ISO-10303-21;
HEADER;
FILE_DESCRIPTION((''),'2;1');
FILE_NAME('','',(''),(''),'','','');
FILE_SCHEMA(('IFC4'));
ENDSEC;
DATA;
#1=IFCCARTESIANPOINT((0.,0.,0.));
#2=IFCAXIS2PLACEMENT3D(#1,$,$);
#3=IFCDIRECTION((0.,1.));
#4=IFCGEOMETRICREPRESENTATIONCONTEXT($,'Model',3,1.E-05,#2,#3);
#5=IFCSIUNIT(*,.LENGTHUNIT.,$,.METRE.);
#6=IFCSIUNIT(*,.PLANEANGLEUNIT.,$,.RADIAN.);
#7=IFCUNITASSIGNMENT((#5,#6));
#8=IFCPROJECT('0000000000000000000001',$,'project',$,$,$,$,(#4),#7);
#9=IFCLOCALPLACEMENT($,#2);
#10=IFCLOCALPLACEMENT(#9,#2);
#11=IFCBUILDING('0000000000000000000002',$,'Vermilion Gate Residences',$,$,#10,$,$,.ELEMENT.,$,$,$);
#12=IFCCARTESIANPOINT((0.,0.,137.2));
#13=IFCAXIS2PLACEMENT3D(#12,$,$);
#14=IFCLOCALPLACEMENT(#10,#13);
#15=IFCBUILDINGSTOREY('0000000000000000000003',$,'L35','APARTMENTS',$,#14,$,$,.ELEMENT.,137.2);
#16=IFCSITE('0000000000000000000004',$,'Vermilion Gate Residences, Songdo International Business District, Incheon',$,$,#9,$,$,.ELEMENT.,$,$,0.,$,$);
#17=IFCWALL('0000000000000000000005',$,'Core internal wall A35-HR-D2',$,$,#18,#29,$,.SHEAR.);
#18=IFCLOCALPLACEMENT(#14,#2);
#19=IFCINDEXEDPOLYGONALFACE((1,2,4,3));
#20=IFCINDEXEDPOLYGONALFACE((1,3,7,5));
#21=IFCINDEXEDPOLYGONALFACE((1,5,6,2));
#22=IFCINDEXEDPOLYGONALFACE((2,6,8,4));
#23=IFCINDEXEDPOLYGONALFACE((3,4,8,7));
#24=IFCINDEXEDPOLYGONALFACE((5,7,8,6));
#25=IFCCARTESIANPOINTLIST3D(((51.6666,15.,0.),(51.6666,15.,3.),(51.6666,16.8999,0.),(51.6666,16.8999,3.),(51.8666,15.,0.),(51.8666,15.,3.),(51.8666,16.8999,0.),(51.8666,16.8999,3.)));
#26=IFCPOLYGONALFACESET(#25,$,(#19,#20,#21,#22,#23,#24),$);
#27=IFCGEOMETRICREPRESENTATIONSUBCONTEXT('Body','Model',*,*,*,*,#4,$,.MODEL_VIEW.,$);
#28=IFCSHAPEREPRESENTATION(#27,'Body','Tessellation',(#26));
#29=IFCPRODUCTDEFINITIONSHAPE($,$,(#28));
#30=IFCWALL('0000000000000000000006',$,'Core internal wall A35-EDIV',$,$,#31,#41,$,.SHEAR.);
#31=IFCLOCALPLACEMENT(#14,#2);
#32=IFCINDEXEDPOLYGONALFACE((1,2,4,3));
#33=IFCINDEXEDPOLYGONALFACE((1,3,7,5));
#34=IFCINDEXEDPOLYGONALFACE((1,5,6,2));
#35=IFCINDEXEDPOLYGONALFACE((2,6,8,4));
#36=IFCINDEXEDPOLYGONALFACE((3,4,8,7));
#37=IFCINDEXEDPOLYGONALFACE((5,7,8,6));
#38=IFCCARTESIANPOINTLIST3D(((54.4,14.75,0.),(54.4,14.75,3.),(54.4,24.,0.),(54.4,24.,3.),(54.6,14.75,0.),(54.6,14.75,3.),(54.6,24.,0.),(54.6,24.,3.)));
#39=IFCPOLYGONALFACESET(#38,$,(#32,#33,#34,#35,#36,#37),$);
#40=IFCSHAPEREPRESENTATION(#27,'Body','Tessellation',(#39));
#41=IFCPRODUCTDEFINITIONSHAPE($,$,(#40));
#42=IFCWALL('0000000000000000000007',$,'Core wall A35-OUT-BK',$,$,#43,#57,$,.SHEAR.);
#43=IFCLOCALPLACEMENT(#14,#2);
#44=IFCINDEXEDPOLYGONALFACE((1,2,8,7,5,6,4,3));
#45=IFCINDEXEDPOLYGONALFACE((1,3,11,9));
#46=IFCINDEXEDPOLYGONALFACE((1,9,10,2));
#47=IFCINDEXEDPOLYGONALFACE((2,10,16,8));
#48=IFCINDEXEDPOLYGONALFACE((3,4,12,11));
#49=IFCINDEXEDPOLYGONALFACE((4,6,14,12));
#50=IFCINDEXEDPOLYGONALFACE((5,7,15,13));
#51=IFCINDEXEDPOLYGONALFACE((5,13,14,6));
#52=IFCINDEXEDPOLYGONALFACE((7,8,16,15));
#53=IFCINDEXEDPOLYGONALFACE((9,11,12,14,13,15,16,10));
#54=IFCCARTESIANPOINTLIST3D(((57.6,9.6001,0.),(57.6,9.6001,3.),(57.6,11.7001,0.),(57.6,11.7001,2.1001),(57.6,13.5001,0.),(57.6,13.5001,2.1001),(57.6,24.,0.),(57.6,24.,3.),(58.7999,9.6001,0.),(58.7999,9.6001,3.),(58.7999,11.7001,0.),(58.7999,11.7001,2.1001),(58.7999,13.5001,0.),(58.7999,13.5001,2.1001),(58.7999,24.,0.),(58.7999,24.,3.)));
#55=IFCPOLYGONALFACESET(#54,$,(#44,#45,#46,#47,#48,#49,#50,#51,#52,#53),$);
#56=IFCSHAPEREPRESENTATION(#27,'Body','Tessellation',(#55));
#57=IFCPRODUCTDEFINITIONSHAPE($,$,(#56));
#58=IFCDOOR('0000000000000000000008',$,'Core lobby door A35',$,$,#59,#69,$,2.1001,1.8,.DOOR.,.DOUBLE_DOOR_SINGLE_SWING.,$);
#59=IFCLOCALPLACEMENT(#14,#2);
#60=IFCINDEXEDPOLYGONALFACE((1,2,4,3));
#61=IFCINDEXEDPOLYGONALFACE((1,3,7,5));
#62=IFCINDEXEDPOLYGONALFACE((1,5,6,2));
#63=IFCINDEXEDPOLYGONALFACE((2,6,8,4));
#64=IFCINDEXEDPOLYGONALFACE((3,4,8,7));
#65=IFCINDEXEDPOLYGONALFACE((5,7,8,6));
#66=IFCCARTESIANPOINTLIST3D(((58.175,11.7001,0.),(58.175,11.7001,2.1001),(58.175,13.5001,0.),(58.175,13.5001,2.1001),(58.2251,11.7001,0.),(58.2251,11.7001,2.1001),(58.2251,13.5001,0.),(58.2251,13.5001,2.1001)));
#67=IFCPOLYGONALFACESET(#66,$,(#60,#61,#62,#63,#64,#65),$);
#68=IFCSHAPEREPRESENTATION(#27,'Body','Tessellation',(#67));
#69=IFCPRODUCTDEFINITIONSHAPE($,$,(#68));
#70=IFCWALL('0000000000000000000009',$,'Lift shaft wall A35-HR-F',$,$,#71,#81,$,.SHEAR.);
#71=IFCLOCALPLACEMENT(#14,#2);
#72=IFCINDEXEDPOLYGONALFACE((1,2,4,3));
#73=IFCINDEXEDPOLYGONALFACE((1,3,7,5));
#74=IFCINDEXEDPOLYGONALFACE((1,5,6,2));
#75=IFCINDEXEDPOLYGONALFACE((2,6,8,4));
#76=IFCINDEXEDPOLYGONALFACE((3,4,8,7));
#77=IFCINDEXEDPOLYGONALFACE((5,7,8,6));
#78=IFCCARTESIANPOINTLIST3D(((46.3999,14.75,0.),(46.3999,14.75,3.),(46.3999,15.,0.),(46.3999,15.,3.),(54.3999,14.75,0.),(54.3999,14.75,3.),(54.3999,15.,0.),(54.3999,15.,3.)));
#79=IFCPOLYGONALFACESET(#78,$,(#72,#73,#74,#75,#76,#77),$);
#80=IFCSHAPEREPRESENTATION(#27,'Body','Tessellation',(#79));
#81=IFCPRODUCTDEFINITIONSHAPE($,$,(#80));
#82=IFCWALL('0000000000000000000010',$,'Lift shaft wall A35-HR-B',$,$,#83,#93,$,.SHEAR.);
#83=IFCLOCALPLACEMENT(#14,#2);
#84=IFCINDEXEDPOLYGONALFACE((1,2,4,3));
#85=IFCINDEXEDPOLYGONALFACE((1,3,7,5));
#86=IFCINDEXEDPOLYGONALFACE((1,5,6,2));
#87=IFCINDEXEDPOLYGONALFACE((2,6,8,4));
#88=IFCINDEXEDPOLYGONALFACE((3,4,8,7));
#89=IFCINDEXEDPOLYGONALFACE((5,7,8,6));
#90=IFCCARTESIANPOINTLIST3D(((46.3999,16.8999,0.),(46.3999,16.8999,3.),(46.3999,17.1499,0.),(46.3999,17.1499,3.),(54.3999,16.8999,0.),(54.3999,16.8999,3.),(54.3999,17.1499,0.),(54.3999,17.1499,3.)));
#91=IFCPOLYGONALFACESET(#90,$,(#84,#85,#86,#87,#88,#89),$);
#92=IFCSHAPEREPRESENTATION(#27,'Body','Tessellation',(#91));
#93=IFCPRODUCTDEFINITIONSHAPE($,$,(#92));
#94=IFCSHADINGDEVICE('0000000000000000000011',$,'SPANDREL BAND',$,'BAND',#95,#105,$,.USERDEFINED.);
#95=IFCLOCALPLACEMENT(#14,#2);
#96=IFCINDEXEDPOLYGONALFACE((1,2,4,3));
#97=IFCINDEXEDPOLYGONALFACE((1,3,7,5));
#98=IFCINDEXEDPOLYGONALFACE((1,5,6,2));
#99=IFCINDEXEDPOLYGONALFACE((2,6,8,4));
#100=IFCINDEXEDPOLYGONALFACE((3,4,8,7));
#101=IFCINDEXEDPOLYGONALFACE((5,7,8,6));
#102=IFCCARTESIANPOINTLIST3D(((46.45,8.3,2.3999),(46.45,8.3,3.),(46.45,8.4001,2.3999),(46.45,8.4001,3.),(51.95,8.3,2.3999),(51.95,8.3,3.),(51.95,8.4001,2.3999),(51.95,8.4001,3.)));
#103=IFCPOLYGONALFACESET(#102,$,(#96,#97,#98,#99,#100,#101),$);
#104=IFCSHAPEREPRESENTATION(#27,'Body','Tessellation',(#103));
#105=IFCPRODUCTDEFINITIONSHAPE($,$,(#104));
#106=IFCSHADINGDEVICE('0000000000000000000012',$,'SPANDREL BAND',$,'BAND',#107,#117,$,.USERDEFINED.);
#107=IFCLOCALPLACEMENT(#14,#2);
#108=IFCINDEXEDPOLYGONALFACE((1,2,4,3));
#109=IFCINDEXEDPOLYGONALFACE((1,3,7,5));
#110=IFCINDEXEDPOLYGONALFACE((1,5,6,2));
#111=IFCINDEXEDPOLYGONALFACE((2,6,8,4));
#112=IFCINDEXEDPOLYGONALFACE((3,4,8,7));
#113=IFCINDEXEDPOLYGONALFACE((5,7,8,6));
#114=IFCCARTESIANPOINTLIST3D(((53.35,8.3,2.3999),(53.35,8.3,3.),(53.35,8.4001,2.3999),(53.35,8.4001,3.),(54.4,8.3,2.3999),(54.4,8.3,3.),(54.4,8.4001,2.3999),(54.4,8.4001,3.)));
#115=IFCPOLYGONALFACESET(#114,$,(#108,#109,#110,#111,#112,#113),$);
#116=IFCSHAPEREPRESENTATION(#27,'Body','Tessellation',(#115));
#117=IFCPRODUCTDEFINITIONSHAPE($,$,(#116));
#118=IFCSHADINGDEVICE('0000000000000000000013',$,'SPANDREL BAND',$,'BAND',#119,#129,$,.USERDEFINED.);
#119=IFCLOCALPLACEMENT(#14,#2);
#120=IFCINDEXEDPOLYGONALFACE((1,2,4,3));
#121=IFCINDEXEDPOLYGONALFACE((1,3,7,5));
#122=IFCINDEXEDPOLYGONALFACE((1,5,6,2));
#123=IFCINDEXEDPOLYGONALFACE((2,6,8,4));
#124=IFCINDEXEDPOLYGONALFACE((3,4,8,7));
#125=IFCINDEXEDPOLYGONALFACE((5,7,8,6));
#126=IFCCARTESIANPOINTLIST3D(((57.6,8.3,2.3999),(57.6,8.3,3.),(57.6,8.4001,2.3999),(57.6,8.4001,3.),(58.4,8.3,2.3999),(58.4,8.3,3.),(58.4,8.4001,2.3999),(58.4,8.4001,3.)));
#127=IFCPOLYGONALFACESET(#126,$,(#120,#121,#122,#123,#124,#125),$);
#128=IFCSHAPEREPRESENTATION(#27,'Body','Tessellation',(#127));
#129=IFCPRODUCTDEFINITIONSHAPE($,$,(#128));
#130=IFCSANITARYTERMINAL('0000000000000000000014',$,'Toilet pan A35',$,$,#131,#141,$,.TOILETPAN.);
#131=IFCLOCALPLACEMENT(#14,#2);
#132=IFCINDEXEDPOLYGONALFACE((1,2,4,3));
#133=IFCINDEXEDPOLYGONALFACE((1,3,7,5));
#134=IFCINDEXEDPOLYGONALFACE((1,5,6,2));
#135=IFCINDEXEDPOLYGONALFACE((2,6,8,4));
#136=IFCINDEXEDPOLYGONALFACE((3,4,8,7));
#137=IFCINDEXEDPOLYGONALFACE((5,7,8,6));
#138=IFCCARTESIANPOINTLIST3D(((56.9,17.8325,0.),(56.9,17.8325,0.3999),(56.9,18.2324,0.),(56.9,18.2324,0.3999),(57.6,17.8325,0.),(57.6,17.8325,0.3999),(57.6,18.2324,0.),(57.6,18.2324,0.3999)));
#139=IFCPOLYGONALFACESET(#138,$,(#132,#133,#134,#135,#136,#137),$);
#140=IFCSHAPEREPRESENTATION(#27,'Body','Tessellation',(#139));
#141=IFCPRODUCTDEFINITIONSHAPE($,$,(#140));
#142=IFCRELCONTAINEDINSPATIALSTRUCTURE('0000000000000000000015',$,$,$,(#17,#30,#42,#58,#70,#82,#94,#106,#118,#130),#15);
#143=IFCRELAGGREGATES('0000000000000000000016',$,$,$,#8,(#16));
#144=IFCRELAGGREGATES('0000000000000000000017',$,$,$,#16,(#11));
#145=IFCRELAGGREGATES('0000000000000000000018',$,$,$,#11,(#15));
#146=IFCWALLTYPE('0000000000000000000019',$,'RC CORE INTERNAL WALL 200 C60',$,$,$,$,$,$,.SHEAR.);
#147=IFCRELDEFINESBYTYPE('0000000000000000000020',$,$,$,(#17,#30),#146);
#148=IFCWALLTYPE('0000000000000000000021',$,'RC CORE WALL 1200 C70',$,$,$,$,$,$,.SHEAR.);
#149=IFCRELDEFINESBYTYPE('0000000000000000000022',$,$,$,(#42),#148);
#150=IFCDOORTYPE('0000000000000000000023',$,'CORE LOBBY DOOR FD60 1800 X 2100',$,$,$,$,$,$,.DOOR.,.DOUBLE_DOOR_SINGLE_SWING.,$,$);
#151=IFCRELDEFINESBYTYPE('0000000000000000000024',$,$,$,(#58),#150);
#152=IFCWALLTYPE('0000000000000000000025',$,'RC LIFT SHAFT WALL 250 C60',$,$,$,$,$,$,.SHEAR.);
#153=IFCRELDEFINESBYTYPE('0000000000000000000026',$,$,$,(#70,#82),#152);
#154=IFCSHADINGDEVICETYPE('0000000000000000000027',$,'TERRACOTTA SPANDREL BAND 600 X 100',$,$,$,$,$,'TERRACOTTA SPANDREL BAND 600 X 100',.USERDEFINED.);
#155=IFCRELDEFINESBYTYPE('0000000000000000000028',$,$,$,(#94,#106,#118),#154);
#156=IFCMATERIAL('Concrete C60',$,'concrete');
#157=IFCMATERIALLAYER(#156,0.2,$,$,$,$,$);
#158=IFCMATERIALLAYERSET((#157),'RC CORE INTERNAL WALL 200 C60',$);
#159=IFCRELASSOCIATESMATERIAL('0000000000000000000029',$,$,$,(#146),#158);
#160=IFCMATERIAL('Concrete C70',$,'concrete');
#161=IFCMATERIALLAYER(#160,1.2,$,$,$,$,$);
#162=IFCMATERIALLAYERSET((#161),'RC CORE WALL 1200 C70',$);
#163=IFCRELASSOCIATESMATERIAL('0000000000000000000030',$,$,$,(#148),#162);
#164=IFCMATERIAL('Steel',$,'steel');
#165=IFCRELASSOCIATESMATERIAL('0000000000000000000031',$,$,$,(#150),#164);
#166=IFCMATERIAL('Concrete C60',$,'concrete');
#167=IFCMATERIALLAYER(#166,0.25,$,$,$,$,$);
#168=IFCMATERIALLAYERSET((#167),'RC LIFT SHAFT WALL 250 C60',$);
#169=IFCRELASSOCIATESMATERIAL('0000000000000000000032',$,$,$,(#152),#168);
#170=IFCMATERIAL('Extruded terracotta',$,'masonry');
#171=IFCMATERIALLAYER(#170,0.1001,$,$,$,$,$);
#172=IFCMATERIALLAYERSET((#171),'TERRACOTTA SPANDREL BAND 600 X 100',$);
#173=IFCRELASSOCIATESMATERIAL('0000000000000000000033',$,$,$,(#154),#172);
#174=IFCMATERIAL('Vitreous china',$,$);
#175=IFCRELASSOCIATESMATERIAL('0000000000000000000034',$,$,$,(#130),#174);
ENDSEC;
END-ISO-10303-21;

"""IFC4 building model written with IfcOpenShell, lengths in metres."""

from ifc_helpers import new_model, si_unit, direction, frame, frame_2d, origin, origin_2d, place, context, subcontext, project, spatial, rectangle, extrude, material, layer, layer_set, type_object, element, fill, save


model = new_model("IFC4")

# Units and contexts
model_context = context("Model", 3, precision=1e-05, world=origin(), true_north=direction((0.0, 1.0)))
body_context = subcontext(model_context, "Body", "Model", "MODEL_VIEW")
ifc_project = project(units=[si_unit("LENGTHUNIT", "METRE"), si_unit("PLANEANGLEUNIT", "RADIAN")], contexts=[model_context])

# Site, building, storey
site_placement = place(None, origin())
site = spatial("IfcSite", under=ifc_project, at=site_placement, Name="Vermilion Gate Residences, Songdo International Business District, Incheon", CompositionType="ELEMENT", RefElevation=0.0)
building_placement = place(site_placement, origin())
building = spatial("IfcBuilding", under=site, at=building_placement, Name="Vermilion Gate Residences", CompositionType="ELEMENT")
storey_placement = place(building_placement, frame((0.0, 0.0, 137.2)))
storey = spatial("IfcBuildingStorey", under=building, at=storey_placement, Name="L35", Description="APARTMENTS", CompositionType="ELEMENT", Elevation=137.2)

# Walls
ifc_material_1 = material(Name="Concrete C60", Category="concrete")
ifc_layer_1 = layer(ifc_material_1, 0.2)
ifc_layer_set_1 = layer_set([ifc_layer_1], Name="RC CORE INTERNAL WALL 200 C60")
wall_type_1 = type_object("IfcWallType", Name="RC CORE INTERNAL WALL 200 C60", PredefinedType="SHEAR", material=ifc_layer_set_1)
for number, where, z_axis, x_axis, name in (
    (1, (51.7666, 15.0, 0.0), (0.0, 0.0, 1.0), (0.0, 1.0, 0.0), "Core internal wall A35-HR-D2"),
):
    element("IfcWall", number, at=place(storey_placement, frame(where, z_axis=z_axis, x_axis=x_axis)), inside=storey, type_object=wall_type_1, Name=name, PredefinedType="SHEAR", context=body_context, shape_type="SweptSolid", body=[
        extrude(rectangle(XDim=1.8999, YDim=0.2, at=frame_2d((0.95, 0.0))), origin(), (0.0, 0.0, 1.0), 3.0),
    ])
wall_1_placement = place(storey_placement, frame((54.5, 14.75, 0.0), z_axis=(0.0, 0.0, 1.0), x_axis=(0.0, 1.0, 0.0)))
element("IfcWall", 2, at=wall_1_placement, inside=storey, type_object=wall_type_1, Name="Core internal wall A35-EDIV", PredefinedType="SHEAR", context=body_context, shape_type="SweptSolid", body=[
    extrude(rectangle(XDim=9.25, YDim=0.2, at=frame_2d((4.625, 0.0))), origin(), (0.0, 0.0, 1.0), 3.0),
])

# Wall, opening, door
ifc_material_2 = material(Name="Concrete C70", Category="concrete")
ifc_layer_2 = layer(ifc_material_2, 1.2)
ifc_layer_set_2 = layer_set([ifc_layer_2], Name="RC CORE WALL 1200 C70")
wall_type_2 = type_object("IfcWallType", Name="RC CORE WALL 1200 C70", PredefinedType="SHEAR", material=ifc_layer_set_2)
wall_2_placement = place(storey_placement, frame((58.2, 9.6001, 0.0), z_axis=(0.0, 0.0, 1.0), x_axis=(0.0, 1.0, 0.0)))
wall_2 = element("IfcWall", 3, at=wall_2_placement, inside=storey, type_object=wall_type_2, Name="Core wall A35-OUT-BK", PredefinedType="SHEAR", context=body_context, shape_type="SweptSolid", body=[
    extrude(rectangle(XDim=14.3999, YDim=1.2, at=frame_2d((7.2, 0.0))), origin(), (0.0, 0.0, 1.0), 3.0),
])
opening_1_placement = place(wall_2_placement, frame((2.1001, 0.0, 0.0)))
opening_1 = element("IfcOpeningElement", 4, at=opening_1_placement, cuts=wall_2, PredefinedType="OPENING", context=body_context, shape_type="SweptSolid", body=[
    extrude(rectangle(XDim=1.8, YDim=2.1001, at=frame_2d((0.8999, 1.05))), frame((0.0, 0.6099, 0.0), z_axis=(0.0, -1.0, 0.0), x_axis=(1.0, 0.0, 0.0)), (0.0, 0.0, 1.0), 1.22),
])
ifc_material_3 = material(Name="Steel", Category="steel")
door_type_1 = type_object("IfcDoorType", Name="CORE LOBBY DOOR FD60 1800 X 2100", OperationType="DOUBLE_DOOR_SINGLE_SWING", PredefinedType="DOOR", material=ifc_material_3)
door_1_placement = place(opening_1_placement, origin())
door_1 = element("IfcDoor", 5, at=door_1_placement, inside=storey, type_object=door_type_1, Name="Core lobby door A35", OperationType="DOUBLE_DOOR_SINGLE_SWING", OverallHeight=2.1001, OverallWidth=1.8, PredefinedType="DOOR", context=body_context, shape_type="SweptSolid", body=[
    extrude(rectangle(XDim=1.8, YDim=2.1001, at=frame_2d((0.8999, 1.05))), frame((0.0, 0.0249, 0.0), z_axis=(0.0, -1.0, 0.0), x_axis=(1.0, 0.0, 0.0)), (0.0, 0.0, 1.0), 0.05),
])
fill(opening_1, door_1)

# Walls
ifc_material_4 = material(Name="Concrete C60", Category="concrete")
ifc_layer_3 = layer(ifc_material_4, 0.25)
ifc_layer_set_3 = layer_set([ifc_layer_3], Name="RC LIFT SHAFT WALL 250 C60")
wall_type_3 = type_object("IfcWallType", Name="RC LIFT SHAFT WALL 250 C60", PredefinedType="SHEAR", material=ifc_layer_set_3)
for number, where, z_axis, x_axis, name in (
    (6, (46.3999, 14.875, 0.0), (0.0, 0.0, 1.0), (1.0, 0.0, 0.0), "Lift shaft wall A35-HR-F"),
    (7, (46.3999, 17.0249, 0.0), (0.0, 0.0, 1.0), (1.0, 0.0, 0.0), "Lift shaft wall A35-HR-B"),
):
    element("IfcWall", number, at=place(storey_placement, frame(where, z_axis=z_axis, x_axis=x_axis)), inside=storey, type_object=wall_type_3, Name=name, PredefinedType="SHEAR", context=body_context, shape_type="SweptSolid", body=[
        extrude(rectangle(XDim=8.0, YDim=0.25, at=frame_2d((4.0, 0.0))), origin(), (0.0, 0.0, 1.0), 3.0),
    ])

# Shading devices
ifc_material_5 = material(Name="Extruded terracotta", Category="masonry")
ifc_layer_4 = layer(ifc_material_5, 0.1001)
ifc_layer_set_4 = layer_set([ifc_layer_4], Name="TERRACOTTA SPANDREL BAND 600 X 100")
shading_device_type = type_object("IfcShadingDeviceType", Name="TERRACOTTA SPANDREL BAND 600 X 100", ElementType="TERRACOTTA SPANDREL BAND 600 X 100", PredefinedType="USERDEFINED", material=ifc_layer_set_4)
shading_device_1_placement = place(storey_placement, frame((49.2, 8.3501, 2.3999), z_axis=(0.0, 0.0, 1.0), x_axis=(1.0, 0.0, 0.0)))
element("IfcShadingDevice", 8, at=shading_device_1_placement, inside=storey, type_object=shading_device_type, Name="SPANDREL BAND", ObjectType="BAND", PredefinedType="USERDEFINED", context=body_context, shape_type="SweptSolid", body=[
    extrude(rectangle(XDim=5.5, YDim=0.1001, at=origin_2d()), origin(), (0.0, 0.0, 1.0), 0.6001),
])
shading_device_2_placement = place(storey_placement, frame((53.875, 8.3501, 2.3999), z_axis=(0.0, 0.0, 1.0), x_axis=(1.0, 0.0, 0.0)))
element("IfcShadingDevice", 9, at=shading_device_2_placement, inside=storey, type_object=shading_device_type, Name="SPANDREL BAND", ObjectType="BAND", PredefinedType="USERDEFINED", context=body_context, shape_type="SweptSolid", body=[
    extrude(rectangle(XDim=1.05, YDim=0.1001, at=origin_2d()), origin(), (0.0, 0.0, 1.0), 0.6001),
])
shading_device_3_placement = place(storey_placement, frame((58.0, 8.3501, 2.3999), z_axis=(0.0, 0.0, 1.0), x_axis=(1.0, 0.0, 0.0)))
element("IfcShadingDevice", 10, at=shading_device_3_placement, inside=storey, type_object=shading_device_type, Name="SPANDREL BAND", ObjectType="BAND", PredefinedType="USERDEFINED", context=body_context, shape_type="SweptSolid", body=[
    extrude(rectangle(XDim=0.8, YDim=0.1001, at=origin_2d()), origin(), (0.0, 0.0, 1.0), 0.6001),
])

# Sanitary terminal
ifc_material_6 = material(Name="Vitreous china")
sanitary_terminal_placement = place(storey_placement, frame((57.25, 18.0325, 0.0), z_axis=(0.0, 0.0, 1.0), x_axis=(1.0, 0.0, 0.0)))
element("IfcSanitaryTerminal", 11, at=sanitary_terminal_placement, inside=storey, material=ifc_material_6, Name="Toilet pan A35", PredefinedType="TOILETPAN", context=body_context, shape_type="SweptSolid", body=[
    extrude(rectangle(XDim=0.7, YDim=0.3999, at=origin_2d()), origin(), (0.0, 0.0, 1.0), 0.3999),
])

save(model, "model.ifc")
